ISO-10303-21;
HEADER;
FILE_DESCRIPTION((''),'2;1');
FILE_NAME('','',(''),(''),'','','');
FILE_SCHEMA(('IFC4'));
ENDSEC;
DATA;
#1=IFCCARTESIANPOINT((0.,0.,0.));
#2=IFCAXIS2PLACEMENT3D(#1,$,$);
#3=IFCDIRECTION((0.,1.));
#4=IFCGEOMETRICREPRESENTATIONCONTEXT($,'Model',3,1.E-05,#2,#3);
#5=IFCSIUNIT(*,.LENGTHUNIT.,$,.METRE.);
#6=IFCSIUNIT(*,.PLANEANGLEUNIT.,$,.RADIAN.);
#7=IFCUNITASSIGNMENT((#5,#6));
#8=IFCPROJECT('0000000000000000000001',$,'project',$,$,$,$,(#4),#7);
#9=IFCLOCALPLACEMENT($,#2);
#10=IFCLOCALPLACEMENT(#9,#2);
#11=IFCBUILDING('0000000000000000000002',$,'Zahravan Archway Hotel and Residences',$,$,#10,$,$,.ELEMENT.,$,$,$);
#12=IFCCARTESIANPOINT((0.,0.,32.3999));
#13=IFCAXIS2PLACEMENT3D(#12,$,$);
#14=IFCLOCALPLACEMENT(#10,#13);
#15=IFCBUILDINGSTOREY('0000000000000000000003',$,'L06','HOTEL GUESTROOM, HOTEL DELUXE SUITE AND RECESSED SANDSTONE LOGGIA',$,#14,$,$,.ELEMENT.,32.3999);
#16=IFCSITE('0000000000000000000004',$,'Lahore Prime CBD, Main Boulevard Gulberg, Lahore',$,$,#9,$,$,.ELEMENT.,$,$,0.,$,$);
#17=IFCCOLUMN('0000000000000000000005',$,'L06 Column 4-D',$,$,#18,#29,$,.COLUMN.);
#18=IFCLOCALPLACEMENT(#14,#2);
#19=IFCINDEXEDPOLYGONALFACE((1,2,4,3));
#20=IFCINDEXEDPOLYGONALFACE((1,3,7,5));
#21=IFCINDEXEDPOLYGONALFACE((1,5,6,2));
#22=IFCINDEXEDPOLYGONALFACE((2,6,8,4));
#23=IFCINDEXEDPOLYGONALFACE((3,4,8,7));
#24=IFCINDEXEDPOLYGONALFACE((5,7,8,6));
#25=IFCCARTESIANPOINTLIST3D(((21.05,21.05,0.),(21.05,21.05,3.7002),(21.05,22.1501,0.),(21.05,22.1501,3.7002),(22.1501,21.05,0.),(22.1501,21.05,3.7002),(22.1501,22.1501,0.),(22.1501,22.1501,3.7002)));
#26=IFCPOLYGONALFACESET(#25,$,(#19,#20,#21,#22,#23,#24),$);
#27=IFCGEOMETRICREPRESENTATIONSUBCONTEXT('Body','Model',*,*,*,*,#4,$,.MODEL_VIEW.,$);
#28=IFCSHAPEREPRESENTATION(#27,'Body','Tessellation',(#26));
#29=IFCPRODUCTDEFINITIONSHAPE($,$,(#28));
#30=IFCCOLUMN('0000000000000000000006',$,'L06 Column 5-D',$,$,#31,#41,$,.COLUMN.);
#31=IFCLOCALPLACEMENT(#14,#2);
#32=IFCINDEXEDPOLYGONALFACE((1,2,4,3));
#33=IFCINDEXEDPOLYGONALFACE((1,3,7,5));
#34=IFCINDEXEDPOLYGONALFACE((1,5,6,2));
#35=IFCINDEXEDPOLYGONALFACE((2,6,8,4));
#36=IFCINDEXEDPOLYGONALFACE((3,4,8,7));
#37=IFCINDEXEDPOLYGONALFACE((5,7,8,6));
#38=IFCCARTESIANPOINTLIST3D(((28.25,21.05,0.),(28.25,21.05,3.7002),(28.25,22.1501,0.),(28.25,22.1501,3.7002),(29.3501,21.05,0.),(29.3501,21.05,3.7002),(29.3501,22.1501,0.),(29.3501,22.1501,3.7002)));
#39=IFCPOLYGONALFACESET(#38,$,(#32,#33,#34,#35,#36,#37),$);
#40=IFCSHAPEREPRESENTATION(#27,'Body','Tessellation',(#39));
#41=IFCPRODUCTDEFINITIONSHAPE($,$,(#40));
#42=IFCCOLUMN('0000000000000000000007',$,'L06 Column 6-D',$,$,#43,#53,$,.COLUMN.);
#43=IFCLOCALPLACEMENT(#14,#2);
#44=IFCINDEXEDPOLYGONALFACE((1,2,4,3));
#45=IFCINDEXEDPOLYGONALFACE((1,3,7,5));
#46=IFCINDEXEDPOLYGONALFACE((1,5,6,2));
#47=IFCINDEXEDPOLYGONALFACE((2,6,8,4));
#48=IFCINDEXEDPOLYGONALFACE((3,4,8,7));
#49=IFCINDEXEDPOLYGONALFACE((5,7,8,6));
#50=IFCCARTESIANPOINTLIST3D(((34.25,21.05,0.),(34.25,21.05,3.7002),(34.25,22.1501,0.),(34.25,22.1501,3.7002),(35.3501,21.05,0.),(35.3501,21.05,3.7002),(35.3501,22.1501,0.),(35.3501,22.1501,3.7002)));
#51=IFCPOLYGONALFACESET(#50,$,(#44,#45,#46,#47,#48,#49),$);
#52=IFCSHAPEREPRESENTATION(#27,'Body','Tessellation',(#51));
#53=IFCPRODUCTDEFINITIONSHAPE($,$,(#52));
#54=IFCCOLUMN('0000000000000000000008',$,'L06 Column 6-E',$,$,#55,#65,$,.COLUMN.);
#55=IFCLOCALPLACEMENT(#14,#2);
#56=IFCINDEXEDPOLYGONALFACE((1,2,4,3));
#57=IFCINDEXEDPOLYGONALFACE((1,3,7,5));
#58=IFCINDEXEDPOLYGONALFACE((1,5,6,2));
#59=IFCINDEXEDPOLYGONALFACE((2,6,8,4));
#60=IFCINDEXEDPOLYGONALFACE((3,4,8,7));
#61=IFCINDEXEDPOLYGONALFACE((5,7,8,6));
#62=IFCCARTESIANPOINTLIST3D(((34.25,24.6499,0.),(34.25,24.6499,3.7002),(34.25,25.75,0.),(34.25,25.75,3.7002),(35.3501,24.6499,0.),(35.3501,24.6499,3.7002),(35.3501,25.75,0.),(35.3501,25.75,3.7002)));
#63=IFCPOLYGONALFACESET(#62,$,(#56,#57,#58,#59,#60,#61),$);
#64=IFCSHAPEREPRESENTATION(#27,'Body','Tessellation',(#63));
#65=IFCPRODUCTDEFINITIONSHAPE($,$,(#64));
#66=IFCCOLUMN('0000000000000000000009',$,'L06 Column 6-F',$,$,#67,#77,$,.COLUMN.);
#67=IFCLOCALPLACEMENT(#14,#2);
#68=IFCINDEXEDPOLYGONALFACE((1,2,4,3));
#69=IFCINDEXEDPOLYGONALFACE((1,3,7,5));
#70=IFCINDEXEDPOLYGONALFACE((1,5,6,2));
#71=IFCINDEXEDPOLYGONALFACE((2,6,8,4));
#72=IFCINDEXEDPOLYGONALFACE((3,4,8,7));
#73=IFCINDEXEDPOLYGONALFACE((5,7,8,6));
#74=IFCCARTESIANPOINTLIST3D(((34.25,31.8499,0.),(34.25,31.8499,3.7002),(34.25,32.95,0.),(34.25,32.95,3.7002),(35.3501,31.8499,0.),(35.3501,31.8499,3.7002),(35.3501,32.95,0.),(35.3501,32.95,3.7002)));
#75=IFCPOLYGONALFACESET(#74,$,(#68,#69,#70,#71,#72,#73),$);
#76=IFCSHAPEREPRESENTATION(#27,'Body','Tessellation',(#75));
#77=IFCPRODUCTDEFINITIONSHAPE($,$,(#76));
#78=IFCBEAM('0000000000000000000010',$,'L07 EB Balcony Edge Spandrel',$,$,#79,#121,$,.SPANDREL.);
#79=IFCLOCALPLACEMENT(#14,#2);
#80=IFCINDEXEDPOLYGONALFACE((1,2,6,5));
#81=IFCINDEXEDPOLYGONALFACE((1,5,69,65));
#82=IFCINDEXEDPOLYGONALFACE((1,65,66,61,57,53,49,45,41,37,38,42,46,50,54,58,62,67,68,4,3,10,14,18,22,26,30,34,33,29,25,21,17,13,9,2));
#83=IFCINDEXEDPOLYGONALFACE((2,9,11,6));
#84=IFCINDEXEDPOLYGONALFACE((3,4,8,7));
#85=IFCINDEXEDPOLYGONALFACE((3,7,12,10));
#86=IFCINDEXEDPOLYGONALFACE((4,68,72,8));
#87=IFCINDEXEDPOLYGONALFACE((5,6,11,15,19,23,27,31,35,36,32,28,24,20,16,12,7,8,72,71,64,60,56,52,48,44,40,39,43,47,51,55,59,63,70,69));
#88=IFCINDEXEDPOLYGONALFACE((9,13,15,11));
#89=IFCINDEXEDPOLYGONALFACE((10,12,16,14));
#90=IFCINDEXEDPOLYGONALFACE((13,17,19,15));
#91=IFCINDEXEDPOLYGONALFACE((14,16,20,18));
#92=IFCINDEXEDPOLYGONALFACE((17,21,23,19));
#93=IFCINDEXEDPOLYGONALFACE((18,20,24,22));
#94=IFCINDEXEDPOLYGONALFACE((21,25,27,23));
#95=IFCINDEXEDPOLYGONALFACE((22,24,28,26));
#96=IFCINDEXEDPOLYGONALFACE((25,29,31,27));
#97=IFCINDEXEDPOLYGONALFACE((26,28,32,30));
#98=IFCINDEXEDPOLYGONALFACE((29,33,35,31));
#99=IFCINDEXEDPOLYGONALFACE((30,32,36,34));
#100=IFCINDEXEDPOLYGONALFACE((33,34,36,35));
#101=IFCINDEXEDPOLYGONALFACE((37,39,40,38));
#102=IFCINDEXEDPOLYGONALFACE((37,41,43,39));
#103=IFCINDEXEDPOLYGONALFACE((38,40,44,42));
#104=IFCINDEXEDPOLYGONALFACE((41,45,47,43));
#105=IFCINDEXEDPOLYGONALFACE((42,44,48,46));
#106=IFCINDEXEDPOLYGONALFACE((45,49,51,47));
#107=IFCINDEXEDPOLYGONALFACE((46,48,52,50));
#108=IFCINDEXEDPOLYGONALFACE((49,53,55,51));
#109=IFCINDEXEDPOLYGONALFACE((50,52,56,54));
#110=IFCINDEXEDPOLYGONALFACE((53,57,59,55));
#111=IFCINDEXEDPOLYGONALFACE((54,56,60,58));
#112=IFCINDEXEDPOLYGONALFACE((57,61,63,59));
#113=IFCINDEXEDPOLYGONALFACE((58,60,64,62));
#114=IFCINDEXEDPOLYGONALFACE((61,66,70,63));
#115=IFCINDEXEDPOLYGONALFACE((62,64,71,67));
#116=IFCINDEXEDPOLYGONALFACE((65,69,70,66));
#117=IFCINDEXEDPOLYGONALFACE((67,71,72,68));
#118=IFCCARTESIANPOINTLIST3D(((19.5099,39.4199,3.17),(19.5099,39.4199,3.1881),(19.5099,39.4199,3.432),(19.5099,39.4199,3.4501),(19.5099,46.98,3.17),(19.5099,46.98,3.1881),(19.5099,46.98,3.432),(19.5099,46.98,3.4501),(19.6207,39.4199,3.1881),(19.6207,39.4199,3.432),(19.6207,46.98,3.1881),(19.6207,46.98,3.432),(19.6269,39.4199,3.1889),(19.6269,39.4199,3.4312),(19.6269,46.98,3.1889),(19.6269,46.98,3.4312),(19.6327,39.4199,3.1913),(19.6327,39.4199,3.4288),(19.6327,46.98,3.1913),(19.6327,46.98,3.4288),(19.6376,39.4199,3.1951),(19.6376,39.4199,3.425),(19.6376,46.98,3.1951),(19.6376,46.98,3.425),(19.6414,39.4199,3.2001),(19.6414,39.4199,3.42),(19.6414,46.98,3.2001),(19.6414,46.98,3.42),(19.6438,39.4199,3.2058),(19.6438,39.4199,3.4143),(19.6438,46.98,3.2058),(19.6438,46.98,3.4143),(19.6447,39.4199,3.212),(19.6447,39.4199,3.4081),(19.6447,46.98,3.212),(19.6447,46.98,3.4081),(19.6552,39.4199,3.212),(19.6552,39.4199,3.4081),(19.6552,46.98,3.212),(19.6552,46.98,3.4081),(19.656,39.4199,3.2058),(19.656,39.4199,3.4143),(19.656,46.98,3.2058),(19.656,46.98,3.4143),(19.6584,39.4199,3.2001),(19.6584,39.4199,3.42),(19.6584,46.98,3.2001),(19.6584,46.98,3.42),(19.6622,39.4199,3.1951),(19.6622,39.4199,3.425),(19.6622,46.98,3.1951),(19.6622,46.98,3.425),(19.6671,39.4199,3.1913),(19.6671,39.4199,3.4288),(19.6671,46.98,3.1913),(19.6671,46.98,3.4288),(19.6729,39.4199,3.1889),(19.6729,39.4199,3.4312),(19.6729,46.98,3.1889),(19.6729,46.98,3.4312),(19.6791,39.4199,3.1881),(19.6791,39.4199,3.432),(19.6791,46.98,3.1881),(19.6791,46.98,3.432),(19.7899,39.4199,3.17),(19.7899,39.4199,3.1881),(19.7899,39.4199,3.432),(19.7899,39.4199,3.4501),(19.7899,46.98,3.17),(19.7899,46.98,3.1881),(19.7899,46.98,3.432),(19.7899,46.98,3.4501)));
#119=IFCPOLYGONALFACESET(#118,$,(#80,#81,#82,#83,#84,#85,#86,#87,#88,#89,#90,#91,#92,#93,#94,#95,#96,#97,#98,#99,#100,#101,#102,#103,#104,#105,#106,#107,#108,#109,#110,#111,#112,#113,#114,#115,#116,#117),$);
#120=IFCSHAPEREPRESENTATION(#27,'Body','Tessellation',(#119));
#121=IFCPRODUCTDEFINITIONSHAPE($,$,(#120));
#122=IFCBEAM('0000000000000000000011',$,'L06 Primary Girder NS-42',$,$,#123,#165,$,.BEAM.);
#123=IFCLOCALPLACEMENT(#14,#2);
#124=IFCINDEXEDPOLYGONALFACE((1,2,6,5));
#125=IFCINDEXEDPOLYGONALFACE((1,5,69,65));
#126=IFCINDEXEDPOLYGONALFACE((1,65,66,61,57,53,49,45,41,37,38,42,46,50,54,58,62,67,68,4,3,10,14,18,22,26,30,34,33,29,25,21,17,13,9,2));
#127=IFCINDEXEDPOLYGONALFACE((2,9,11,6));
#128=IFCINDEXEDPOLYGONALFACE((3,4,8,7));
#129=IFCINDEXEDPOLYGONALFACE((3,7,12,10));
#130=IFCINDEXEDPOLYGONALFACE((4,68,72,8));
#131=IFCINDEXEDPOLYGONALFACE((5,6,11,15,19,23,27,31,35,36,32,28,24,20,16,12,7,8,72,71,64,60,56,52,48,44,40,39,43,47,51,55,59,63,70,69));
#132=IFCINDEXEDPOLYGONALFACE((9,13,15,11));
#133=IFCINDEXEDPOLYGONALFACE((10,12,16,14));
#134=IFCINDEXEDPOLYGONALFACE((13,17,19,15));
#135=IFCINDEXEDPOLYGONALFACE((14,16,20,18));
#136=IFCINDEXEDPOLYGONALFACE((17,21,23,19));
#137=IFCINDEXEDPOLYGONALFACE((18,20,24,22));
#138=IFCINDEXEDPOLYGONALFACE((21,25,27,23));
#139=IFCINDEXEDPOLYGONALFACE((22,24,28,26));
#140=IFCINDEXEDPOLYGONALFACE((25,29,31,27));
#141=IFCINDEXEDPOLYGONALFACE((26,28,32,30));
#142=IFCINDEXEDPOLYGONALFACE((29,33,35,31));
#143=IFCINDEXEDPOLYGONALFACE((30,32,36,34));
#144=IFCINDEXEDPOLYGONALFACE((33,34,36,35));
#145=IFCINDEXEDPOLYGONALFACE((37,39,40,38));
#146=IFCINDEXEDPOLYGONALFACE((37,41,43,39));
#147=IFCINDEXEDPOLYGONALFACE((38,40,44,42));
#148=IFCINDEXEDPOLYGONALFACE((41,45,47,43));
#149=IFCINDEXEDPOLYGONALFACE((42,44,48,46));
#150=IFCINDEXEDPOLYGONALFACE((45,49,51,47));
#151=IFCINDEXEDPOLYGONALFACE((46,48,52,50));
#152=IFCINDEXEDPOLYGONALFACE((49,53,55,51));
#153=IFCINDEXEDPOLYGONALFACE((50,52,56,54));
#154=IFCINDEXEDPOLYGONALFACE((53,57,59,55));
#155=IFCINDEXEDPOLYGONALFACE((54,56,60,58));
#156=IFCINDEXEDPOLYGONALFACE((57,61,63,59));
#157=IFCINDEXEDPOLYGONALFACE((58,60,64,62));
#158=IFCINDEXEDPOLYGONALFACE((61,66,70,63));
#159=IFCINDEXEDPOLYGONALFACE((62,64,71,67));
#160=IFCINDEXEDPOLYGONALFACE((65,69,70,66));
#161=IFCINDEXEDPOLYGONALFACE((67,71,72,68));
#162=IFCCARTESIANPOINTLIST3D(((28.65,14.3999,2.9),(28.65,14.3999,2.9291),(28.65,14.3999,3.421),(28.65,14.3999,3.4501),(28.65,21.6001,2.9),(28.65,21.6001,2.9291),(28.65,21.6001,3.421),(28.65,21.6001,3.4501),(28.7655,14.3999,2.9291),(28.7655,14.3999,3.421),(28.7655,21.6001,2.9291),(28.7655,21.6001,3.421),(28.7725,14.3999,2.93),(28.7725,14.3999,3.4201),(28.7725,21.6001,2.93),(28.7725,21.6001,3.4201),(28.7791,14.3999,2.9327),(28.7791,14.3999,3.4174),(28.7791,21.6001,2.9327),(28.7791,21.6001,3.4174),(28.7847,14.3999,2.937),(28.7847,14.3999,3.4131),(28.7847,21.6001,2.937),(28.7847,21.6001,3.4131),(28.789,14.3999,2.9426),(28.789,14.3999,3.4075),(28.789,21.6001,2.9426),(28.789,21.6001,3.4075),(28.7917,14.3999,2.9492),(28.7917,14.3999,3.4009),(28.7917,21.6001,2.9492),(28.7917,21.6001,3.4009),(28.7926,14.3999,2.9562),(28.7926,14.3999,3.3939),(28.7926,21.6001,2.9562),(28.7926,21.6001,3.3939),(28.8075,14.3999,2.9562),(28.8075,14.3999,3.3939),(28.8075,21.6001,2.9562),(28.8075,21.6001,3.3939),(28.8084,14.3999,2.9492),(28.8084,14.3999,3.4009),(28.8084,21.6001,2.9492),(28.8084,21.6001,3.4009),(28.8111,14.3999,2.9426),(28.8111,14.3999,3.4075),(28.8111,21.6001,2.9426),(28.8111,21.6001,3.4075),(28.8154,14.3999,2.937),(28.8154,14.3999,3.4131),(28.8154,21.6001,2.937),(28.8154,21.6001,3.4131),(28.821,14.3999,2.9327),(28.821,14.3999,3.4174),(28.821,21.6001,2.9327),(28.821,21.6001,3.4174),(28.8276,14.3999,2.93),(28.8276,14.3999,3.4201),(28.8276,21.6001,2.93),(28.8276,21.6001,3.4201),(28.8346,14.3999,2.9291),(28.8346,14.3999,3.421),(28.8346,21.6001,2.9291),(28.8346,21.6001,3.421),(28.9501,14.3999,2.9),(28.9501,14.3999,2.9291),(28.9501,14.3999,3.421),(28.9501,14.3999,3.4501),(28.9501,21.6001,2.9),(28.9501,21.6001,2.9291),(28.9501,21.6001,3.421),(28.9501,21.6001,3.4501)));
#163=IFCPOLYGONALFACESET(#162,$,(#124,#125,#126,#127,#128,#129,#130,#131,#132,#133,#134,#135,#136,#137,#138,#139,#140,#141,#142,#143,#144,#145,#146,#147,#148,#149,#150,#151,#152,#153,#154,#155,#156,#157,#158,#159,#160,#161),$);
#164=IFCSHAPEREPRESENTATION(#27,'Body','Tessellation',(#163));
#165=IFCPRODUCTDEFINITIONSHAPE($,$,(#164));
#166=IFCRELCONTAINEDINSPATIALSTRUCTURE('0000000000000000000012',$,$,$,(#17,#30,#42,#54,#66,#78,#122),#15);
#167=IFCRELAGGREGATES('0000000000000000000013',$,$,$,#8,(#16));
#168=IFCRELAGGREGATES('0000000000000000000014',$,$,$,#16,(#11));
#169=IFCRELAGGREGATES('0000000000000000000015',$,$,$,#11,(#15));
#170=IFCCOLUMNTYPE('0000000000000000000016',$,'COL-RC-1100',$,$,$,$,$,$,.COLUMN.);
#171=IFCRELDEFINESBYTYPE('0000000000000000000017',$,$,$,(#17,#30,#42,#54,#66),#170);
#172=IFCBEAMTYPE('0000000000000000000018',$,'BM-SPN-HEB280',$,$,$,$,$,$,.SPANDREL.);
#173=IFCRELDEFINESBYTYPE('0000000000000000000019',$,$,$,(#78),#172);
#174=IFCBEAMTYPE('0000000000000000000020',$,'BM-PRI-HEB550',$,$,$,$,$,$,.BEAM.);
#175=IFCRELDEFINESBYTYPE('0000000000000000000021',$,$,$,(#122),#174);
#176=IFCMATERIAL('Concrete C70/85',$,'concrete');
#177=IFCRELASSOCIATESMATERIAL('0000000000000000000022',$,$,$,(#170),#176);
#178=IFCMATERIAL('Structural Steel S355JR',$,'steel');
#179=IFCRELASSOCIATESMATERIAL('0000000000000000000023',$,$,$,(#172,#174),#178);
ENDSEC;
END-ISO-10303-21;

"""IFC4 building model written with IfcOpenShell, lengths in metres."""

from ifc_helpers import new_model, si_unit, direction, frame, origin, origin_2d, place, context, subcontext, project, spatial, rectangle, i_section, extrude, source, transform, mapped, material, material_profile, profile_set, type_object, type_shapes, element, save


model = new_model("IFC4")

# Units and contexts
model_context = context("Model", 3, precision=1e-05, world=origin(), true_north=direction((0.0, 1.0)))
body_context = subcontext(model_context, "Body", "Model", "MODEL_VIEW")
ifc_project = project(units=[si_unit("LENGTHUNIT", "METRE"), si_unit("PLANEANGLEUNIT", "RADIAN")], contexts=[model_context])

# Site, building, storey
site_placement = place(None, origin())
site = spatial("IfcSite", under=ifc_project, at=site_placement, Name="Lahore Prime CBD, Main Boulevard Gulberg, Lahore", CompositionType="ELEMENT", RefElevation=0.0)
building_placement = place(site_placement, origin())
building = spatial("IfcBuilding", under=site, at=building_placement, Name="Zahravan Archway Hotel and Residences", CompositionType="ELEMENT")
storey_placement = place(building_placement, frame((0.0, 0.0, 32.3999)))
storey = spatial("IfcBuildingStorey", under=building, at=storey_placement, Name="L06", Description="HOTEL GUESTROOM, HOTEL DELUXE SUITE AND RECESSED SANDSTONE LOGGIA", CompositionType="ELEMENT", Elevation=32.3999)

# Columns
ifc_material_1 = material(Name="Concrete C70/85", Category="concrete")
ifc_material_profile_1 = material_profile(ifc_material_1, rectangle(XDim=1.1001, YDim=1.1001, at=origin_2d()), Name="RC 1100x1100", Category="concrete")
ifc_profile_set_1 = profile_set([ifc_material_profile_1], Name="Concrete C70/85")
column_type = type_object("IfcColumnType", Name="COL-RC-1100", PredefinedType="COLUMN", material=ifc_profile_set_1)
shared_shape_1 = source(origin(), body_context, "Body", "SweptSolid", [
    extrude(rectangle(XDim=1.1001, YDim=1.1001, at=origin_2d()), origin(), (0.0, 0.0, 1.0), 3.7002),
])
for number, where, z_axis, x_axis, name in (
    (1, (21.6001, 21.6001, 0.0), (0.0, 0.0, 1.0), (1.0, 0.0, 0.0), "L06 Column 4-D"),
    (2, (28.8, 21.6001, 0.0), (0.0, 0.0, 1.0), (1.0, 0.0, 0.0), "L06 Column 5-D"),
    (3, (34.8, 21.6001, 0.0), (0.0, 0.0, 1.0), (1.0, 0.0, 0.0), "L06 Column 6-D"),
    (4, (34.8, 25.2, 0.0), (0.0, 0.0, 1.0), (1.0, 0.0, 0.0), "L06 Column 6-E"),
    (5, (34.8, 32.3999, 0.0), (0.0, 0.0, 1.0), (1.0, 0.0, 0.0), "L06 Column 6-F"),
):
    element("IfcColumn", number, at=place(storey_placement, frame(where, z_axis=z_axis, x_axis=x_axis)), inside=storey, type_object=column_type, Name=name, PredefinedType="COLUMN", context=body_context, shape_type="MappedRepresentation", body=[
        mapped(shared_shape_1, transform((0.0, 0.0, 0.0), scale=1.0)),
    ])

# Beams
ifc_material_2 = material(Name="Structural Steel S355JR", Category="steel")
ifc_material_profile_2 = material_profile(ifc_material_2, i_section(OverallWidth=0.28, OverallDepth=0.28, WebThickness=0.0105, FlangeThickness=0.0181, FilletRadius=0.0239, at=origin_2d()), Name="HEB 280", Category="steel")
ifc_profile_set_2 = profile_set([ifc_material_profile_2], Name="Structural Steel S355JR")
beam_type_1 = type_object("IfcBeamType", Name="BM-SPN-HEB280", PredefinedType="SPANDREL", material=ifc_profile_set_2)
shared_shape_2 = source(origin(), body_context, "Body", "SweptSolid", [
    extrude(i_section(OverallWidth=0.28, OverallDepth=0.28, WebThickness=0.0105, FlangeThickness=0.0181, FilletRadius=0.0239, at=origin_2d()), origin(), (0.0, 0.0, 1.0), 7.5601),
])
type_shapes(beam_type_1, [shared_shape_2])
beam_1_placement = place(storey_placement, frame((19.6499, 39.4199, 3.3101), z_axis=(0.0, 1.0, 0.0), x_axis=(-1.0, 0.0, 0.0)))
element("IfcBeam", 6, at=beam_1_placement, inside=storey, type_object=beam_type_1, Name="L07 EB Balcony Edge Spandrel", PredefinedType="SPANDREL", context=body_context, shape_type="MappedRepresentation", body=[
    mapped(shared_shape_2, transform((0.0, 0.0, 0.0), scale=1.0)),
])
ifc_material_profile_3 = material_profile(ifc_material_2, i_section(OverallWidth=0.3, OverallDepth=0.55, WebThickness=0.0149, FlangeThickness=0.0291, FilletRadius=0.0271, at=origin_2d()), Name="HEB 550", Category="steel")
ifc_profile_set_3 = profile_set([ifc_material_profile_3], Name="Structural Steel S355JR")
beam_type_2 = type_object("IfcBeamType", Name="BM-PRI-HEB550", PredefinedType="BEAM", material=ifc_profile_set_3)
shared_shape_3 = source(origin(), body_context, "Body", "SweptSolid", [
    extrude(i_section(OverallWidth=0.3, OverallDepth=0.55, WebThickness=0.0149, FlangeThickness=0.0291, FilletRadius=0.0271, at=origin_2d()), origin(), (0.0, 0.0, 1.0), 7.2002),
])
type_shapes(beam_type_2, [shared_shape_3])
for number, where, z_axis, x_axis, name in (
    (7, (28.8, 14.3999, 3.175), (0.0, 1.0, 0.0), (-1.0, 0.0, 0.0), "L06 Primary Girder NS-42"),
):
    element("IfcBeam", number, at=place(storey_placement, frame(where, z_axis=z_axis, x_axis=x_axis)), inside=storey, type_object=beam_type_2, Name=name, PredefinedType="BEAM", context=body_context, shape_type="MappedRepresentation", body=[
        mapped(shared_shape_3, transform((0.0, 0.0, 0.0), scale=1.0)),
    ])

save(model, "model.ifc")
